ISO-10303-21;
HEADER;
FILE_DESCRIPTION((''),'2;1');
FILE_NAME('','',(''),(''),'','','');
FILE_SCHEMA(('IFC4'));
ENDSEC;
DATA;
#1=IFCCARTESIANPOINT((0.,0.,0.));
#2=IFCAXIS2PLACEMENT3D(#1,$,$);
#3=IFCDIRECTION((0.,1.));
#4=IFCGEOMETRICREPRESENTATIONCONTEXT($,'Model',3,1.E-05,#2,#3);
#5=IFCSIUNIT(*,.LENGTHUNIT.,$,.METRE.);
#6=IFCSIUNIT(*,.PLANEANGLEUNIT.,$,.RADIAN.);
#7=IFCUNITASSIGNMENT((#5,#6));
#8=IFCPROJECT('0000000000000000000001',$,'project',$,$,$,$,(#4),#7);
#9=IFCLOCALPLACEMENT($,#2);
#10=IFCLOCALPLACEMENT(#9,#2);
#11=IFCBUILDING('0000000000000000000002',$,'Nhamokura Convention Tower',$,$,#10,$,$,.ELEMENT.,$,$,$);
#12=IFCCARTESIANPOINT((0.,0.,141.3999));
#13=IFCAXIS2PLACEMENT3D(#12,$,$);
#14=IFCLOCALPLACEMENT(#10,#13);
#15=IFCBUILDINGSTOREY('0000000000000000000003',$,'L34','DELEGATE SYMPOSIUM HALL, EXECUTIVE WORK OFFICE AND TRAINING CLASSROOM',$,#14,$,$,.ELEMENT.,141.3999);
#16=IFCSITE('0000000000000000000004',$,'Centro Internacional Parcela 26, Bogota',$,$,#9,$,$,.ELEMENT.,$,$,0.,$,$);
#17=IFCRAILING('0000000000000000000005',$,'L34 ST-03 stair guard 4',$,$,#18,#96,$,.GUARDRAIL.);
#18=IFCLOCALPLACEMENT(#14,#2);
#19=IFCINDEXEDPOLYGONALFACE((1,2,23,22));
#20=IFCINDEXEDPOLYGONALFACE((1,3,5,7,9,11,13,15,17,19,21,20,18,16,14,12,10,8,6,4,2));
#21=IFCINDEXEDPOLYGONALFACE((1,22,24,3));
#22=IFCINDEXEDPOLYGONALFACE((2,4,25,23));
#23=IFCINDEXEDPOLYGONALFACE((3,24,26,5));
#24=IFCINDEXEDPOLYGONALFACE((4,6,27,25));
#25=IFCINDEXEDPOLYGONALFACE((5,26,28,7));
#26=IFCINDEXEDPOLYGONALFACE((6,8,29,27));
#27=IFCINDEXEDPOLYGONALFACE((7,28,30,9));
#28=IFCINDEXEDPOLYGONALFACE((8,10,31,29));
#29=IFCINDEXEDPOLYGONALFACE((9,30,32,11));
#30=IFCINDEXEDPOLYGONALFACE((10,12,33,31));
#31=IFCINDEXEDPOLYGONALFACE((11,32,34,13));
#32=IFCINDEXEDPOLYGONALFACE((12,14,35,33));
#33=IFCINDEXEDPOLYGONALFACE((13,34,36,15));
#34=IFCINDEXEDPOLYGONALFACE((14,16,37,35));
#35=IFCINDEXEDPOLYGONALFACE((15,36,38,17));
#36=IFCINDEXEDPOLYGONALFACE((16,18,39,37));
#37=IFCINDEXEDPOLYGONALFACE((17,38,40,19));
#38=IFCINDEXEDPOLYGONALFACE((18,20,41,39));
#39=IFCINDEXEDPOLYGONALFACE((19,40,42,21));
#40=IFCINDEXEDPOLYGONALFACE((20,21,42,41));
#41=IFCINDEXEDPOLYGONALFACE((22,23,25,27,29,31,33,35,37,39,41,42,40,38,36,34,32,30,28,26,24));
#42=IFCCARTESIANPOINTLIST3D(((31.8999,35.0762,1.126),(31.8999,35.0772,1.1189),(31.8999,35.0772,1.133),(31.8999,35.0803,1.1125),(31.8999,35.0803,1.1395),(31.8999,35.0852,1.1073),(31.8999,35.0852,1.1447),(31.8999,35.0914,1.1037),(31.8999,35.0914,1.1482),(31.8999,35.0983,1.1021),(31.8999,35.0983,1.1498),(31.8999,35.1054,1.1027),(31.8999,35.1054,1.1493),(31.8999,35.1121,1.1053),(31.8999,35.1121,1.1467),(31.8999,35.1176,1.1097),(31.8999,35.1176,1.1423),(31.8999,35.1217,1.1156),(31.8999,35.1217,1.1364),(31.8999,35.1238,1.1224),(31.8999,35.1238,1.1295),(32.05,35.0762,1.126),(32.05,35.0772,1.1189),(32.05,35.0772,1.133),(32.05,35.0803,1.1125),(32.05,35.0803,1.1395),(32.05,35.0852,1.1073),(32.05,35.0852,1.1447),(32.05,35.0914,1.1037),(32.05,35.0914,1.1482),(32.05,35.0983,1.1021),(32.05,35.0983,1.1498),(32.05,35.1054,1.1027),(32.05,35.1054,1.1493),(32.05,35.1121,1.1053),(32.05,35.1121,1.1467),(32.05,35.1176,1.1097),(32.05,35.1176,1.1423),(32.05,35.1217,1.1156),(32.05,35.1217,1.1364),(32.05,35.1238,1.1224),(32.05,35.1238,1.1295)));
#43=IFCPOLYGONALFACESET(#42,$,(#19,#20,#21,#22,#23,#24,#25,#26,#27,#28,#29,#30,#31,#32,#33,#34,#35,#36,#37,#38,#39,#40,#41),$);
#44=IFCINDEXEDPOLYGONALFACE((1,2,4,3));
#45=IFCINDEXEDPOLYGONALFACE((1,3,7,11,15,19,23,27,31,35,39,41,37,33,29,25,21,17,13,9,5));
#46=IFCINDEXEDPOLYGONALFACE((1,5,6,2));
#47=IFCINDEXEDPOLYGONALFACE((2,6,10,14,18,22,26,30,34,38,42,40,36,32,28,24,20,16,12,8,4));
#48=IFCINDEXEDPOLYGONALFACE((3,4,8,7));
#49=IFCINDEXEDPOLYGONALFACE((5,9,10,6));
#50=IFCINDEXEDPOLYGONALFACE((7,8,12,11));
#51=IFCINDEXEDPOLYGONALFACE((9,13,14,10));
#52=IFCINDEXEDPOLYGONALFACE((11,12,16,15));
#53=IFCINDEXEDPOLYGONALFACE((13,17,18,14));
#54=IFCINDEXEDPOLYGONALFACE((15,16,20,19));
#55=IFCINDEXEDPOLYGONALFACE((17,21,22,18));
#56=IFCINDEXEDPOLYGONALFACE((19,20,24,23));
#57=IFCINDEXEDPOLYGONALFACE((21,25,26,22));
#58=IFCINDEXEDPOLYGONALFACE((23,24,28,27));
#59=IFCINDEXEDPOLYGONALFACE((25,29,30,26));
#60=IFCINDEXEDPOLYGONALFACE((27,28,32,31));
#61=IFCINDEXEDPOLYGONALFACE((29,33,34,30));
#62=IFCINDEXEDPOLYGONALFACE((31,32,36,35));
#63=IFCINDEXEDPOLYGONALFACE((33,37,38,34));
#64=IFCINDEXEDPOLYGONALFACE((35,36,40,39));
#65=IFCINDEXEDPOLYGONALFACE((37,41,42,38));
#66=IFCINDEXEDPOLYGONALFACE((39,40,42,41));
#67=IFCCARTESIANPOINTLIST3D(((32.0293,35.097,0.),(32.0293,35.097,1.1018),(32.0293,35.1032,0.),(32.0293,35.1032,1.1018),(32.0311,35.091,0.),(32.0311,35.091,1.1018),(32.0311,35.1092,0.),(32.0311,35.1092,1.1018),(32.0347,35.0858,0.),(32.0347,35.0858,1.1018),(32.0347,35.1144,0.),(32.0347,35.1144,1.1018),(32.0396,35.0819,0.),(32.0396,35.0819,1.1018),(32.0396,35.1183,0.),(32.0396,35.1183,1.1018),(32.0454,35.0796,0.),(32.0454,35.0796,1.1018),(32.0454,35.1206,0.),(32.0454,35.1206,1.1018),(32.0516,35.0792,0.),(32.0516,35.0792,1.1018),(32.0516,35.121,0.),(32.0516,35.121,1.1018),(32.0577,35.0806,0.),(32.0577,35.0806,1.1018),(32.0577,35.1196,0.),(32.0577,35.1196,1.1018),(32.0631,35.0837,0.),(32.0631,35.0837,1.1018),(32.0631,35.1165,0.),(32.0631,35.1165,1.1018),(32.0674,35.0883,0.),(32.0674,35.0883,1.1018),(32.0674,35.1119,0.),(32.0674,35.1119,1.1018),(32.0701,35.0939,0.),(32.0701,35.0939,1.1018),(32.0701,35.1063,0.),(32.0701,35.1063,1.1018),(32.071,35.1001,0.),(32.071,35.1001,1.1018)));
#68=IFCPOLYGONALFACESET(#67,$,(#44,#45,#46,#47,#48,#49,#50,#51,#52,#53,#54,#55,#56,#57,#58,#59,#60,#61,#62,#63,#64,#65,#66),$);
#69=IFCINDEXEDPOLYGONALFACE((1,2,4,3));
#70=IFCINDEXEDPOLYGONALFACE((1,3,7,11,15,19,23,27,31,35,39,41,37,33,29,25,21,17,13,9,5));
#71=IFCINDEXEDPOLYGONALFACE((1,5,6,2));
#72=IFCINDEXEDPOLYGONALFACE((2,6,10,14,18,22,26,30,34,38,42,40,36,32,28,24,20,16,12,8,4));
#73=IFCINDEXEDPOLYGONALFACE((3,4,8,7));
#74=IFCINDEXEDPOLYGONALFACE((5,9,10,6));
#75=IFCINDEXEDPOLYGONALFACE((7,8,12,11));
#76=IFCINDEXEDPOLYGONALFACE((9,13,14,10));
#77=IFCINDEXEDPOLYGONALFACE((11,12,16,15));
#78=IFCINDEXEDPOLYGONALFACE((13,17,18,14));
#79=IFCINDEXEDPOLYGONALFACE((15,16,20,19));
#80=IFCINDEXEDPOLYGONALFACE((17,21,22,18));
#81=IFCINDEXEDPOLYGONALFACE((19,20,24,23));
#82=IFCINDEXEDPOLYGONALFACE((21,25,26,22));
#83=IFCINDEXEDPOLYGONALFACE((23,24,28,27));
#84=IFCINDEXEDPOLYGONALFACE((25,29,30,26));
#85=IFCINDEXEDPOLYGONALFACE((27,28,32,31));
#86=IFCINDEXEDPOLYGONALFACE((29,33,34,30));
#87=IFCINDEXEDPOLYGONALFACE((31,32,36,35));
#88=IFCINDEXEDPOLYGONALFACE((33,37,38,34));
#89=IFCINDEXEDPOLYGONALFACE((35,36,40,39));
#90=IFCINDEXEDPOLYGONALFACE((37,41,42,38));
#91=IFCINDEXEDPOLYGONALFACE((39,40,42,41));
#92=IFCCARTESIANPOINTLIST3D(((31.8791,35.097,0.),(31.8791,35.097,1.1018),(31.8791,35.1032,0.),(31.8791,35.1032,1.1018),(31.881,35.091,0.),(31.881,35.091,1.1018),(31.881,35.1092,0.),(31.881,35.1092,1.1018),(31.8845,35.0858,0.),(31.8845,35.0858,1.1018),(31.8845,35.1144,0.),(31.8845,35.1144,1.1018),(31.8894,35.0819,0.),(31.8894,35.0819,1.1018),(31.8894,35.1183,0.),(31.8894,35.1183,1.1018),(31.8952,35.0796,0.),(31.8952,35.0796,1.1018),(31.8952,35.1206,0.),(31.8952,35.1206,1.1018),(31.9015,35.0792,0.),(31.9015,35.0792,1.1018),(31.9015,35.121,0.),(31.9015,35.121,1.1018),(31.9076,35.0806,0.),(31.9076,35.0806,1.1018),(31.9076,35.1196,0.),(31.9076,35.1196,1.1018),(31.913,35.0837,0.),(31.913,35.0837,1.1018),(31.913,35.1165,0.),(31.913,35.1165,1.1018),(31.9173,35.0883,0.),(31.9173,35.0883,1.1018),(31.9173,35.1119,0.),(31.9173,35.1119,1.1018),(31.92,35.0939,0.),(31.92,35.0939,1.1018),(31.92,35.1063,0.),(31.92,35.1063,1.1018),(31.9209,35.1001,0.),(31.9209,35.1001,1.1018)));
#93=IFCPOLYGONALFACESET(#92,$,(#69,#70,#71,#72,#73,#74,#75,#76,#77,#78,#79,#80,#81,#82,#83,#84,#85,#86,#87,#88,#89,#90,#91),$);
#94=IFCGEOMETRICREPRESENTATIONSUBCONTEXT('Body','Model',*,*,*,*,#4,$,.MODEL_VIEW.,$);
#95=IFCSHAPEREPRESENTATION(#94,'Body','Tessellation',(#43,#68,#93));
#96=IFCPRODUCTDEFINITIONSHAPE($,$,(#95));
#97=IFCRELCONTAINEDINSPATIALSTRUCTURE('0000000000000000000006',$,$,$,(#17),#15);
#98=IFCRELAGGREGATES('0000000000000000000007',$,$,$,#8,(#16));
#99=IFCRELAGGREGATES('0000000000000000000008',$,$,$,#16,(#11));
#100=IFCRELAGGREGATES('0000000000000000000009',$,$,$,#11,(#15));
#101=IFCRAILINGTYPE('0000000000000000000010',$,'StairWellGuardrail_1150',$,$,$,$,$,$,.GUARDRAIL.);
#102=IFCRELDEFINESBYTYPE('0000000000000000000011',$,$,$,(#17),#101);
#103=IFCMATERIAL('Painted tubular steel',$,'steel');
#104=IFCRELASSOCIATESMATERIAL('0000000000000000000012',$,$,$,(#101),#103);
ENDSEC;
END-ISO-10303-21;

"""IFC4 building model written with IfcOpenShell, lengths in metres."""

from ifc_helpers import new_model, si_unit, direction, frame, origin, origin_2d, place, context, subcontext, project, spatial, circle, extrude, material, type_object, element, save


model = new_model("IFC4")

# Units and contexts
model_context = context("Model", 3, precision=1e-05, world=origin(), true_north=direction((0.0, 1.0)))
body_context = subcontext(model_context, "Body", "Model", "MODEL_VIEW")
ifc_project = project(units=[si_unit("LENGTHUNIT", "METRE"), si_unit("PLANEANGLEUNIT", "RADIAN")], contexts=[model_context])

# Site, building, storey
site_placement = place(None, origin())
site = spatial("IfcSite", under=ifc_project, at=site_placement, Name="Centro Internacional Parcela 26, Bogota", CompositionType="ELEMENT", RefElevation=0.0)
building_placement = place(site_placement, origin())
building = spatial("IfcBuilding", under=site, at=building_placement, Name="Nhamokura Convention Tower", CompositionType="ELEMENT")
storey_placement = place(building_placement, frame((0.0, 0.0, 141.3999)))
storey = spatial("IfcBuildingStorey", under=building, at=storey_placement, Name="L34", Description="DELEGATE SYMPOSIUM HALL, EXECUTIVE WORK OFFICE AND TRAINING CLASSROOM", CompositionType="ELEMENT", Elevation=141.3999)

# Railing
ifc_material_1 = material(Name="Painted tubular steel", Category="steel")
railing_type_1 = type_object("IfcRailingType", Name="StairWellGuardrail_1150", PredefinedType="GUARDRAIL", material=ifc_material_1)
railing_1_placement = place(storey_placement, frame((32.05, 35.1001, 0.0)))
element("IfcRailing", 1, at=railing_1_placement, inside=storey, type_object=railing_type_1, Name="L34 ST-03 stair guard 4", PredefinedType="GUARDRAIL", context=body_context, shape_type="SweptSolid", body=[
    extrude(circle(Radius=0.0239, at=origin_2d()), frame((0.0, 0.0, 1.126), z_axis=(-1.0, 0.0, 0.0), x_axis=(0.0, -1.0, 0.0)), (0.0, 0.0, 1.0), 0.1501),
    extrude(circle(Radius=0.021, at=origin_2d()), origin(), (0.0, 0.0, 1.0), 1.1018),
    extrude(circle(Radius=0.021, at=origin_2d()), frame((-0.1501, 0.0, 0.0)), (0.0, 0.0, 1.0), 1.1018),
])

save(model, "model.ifc")
